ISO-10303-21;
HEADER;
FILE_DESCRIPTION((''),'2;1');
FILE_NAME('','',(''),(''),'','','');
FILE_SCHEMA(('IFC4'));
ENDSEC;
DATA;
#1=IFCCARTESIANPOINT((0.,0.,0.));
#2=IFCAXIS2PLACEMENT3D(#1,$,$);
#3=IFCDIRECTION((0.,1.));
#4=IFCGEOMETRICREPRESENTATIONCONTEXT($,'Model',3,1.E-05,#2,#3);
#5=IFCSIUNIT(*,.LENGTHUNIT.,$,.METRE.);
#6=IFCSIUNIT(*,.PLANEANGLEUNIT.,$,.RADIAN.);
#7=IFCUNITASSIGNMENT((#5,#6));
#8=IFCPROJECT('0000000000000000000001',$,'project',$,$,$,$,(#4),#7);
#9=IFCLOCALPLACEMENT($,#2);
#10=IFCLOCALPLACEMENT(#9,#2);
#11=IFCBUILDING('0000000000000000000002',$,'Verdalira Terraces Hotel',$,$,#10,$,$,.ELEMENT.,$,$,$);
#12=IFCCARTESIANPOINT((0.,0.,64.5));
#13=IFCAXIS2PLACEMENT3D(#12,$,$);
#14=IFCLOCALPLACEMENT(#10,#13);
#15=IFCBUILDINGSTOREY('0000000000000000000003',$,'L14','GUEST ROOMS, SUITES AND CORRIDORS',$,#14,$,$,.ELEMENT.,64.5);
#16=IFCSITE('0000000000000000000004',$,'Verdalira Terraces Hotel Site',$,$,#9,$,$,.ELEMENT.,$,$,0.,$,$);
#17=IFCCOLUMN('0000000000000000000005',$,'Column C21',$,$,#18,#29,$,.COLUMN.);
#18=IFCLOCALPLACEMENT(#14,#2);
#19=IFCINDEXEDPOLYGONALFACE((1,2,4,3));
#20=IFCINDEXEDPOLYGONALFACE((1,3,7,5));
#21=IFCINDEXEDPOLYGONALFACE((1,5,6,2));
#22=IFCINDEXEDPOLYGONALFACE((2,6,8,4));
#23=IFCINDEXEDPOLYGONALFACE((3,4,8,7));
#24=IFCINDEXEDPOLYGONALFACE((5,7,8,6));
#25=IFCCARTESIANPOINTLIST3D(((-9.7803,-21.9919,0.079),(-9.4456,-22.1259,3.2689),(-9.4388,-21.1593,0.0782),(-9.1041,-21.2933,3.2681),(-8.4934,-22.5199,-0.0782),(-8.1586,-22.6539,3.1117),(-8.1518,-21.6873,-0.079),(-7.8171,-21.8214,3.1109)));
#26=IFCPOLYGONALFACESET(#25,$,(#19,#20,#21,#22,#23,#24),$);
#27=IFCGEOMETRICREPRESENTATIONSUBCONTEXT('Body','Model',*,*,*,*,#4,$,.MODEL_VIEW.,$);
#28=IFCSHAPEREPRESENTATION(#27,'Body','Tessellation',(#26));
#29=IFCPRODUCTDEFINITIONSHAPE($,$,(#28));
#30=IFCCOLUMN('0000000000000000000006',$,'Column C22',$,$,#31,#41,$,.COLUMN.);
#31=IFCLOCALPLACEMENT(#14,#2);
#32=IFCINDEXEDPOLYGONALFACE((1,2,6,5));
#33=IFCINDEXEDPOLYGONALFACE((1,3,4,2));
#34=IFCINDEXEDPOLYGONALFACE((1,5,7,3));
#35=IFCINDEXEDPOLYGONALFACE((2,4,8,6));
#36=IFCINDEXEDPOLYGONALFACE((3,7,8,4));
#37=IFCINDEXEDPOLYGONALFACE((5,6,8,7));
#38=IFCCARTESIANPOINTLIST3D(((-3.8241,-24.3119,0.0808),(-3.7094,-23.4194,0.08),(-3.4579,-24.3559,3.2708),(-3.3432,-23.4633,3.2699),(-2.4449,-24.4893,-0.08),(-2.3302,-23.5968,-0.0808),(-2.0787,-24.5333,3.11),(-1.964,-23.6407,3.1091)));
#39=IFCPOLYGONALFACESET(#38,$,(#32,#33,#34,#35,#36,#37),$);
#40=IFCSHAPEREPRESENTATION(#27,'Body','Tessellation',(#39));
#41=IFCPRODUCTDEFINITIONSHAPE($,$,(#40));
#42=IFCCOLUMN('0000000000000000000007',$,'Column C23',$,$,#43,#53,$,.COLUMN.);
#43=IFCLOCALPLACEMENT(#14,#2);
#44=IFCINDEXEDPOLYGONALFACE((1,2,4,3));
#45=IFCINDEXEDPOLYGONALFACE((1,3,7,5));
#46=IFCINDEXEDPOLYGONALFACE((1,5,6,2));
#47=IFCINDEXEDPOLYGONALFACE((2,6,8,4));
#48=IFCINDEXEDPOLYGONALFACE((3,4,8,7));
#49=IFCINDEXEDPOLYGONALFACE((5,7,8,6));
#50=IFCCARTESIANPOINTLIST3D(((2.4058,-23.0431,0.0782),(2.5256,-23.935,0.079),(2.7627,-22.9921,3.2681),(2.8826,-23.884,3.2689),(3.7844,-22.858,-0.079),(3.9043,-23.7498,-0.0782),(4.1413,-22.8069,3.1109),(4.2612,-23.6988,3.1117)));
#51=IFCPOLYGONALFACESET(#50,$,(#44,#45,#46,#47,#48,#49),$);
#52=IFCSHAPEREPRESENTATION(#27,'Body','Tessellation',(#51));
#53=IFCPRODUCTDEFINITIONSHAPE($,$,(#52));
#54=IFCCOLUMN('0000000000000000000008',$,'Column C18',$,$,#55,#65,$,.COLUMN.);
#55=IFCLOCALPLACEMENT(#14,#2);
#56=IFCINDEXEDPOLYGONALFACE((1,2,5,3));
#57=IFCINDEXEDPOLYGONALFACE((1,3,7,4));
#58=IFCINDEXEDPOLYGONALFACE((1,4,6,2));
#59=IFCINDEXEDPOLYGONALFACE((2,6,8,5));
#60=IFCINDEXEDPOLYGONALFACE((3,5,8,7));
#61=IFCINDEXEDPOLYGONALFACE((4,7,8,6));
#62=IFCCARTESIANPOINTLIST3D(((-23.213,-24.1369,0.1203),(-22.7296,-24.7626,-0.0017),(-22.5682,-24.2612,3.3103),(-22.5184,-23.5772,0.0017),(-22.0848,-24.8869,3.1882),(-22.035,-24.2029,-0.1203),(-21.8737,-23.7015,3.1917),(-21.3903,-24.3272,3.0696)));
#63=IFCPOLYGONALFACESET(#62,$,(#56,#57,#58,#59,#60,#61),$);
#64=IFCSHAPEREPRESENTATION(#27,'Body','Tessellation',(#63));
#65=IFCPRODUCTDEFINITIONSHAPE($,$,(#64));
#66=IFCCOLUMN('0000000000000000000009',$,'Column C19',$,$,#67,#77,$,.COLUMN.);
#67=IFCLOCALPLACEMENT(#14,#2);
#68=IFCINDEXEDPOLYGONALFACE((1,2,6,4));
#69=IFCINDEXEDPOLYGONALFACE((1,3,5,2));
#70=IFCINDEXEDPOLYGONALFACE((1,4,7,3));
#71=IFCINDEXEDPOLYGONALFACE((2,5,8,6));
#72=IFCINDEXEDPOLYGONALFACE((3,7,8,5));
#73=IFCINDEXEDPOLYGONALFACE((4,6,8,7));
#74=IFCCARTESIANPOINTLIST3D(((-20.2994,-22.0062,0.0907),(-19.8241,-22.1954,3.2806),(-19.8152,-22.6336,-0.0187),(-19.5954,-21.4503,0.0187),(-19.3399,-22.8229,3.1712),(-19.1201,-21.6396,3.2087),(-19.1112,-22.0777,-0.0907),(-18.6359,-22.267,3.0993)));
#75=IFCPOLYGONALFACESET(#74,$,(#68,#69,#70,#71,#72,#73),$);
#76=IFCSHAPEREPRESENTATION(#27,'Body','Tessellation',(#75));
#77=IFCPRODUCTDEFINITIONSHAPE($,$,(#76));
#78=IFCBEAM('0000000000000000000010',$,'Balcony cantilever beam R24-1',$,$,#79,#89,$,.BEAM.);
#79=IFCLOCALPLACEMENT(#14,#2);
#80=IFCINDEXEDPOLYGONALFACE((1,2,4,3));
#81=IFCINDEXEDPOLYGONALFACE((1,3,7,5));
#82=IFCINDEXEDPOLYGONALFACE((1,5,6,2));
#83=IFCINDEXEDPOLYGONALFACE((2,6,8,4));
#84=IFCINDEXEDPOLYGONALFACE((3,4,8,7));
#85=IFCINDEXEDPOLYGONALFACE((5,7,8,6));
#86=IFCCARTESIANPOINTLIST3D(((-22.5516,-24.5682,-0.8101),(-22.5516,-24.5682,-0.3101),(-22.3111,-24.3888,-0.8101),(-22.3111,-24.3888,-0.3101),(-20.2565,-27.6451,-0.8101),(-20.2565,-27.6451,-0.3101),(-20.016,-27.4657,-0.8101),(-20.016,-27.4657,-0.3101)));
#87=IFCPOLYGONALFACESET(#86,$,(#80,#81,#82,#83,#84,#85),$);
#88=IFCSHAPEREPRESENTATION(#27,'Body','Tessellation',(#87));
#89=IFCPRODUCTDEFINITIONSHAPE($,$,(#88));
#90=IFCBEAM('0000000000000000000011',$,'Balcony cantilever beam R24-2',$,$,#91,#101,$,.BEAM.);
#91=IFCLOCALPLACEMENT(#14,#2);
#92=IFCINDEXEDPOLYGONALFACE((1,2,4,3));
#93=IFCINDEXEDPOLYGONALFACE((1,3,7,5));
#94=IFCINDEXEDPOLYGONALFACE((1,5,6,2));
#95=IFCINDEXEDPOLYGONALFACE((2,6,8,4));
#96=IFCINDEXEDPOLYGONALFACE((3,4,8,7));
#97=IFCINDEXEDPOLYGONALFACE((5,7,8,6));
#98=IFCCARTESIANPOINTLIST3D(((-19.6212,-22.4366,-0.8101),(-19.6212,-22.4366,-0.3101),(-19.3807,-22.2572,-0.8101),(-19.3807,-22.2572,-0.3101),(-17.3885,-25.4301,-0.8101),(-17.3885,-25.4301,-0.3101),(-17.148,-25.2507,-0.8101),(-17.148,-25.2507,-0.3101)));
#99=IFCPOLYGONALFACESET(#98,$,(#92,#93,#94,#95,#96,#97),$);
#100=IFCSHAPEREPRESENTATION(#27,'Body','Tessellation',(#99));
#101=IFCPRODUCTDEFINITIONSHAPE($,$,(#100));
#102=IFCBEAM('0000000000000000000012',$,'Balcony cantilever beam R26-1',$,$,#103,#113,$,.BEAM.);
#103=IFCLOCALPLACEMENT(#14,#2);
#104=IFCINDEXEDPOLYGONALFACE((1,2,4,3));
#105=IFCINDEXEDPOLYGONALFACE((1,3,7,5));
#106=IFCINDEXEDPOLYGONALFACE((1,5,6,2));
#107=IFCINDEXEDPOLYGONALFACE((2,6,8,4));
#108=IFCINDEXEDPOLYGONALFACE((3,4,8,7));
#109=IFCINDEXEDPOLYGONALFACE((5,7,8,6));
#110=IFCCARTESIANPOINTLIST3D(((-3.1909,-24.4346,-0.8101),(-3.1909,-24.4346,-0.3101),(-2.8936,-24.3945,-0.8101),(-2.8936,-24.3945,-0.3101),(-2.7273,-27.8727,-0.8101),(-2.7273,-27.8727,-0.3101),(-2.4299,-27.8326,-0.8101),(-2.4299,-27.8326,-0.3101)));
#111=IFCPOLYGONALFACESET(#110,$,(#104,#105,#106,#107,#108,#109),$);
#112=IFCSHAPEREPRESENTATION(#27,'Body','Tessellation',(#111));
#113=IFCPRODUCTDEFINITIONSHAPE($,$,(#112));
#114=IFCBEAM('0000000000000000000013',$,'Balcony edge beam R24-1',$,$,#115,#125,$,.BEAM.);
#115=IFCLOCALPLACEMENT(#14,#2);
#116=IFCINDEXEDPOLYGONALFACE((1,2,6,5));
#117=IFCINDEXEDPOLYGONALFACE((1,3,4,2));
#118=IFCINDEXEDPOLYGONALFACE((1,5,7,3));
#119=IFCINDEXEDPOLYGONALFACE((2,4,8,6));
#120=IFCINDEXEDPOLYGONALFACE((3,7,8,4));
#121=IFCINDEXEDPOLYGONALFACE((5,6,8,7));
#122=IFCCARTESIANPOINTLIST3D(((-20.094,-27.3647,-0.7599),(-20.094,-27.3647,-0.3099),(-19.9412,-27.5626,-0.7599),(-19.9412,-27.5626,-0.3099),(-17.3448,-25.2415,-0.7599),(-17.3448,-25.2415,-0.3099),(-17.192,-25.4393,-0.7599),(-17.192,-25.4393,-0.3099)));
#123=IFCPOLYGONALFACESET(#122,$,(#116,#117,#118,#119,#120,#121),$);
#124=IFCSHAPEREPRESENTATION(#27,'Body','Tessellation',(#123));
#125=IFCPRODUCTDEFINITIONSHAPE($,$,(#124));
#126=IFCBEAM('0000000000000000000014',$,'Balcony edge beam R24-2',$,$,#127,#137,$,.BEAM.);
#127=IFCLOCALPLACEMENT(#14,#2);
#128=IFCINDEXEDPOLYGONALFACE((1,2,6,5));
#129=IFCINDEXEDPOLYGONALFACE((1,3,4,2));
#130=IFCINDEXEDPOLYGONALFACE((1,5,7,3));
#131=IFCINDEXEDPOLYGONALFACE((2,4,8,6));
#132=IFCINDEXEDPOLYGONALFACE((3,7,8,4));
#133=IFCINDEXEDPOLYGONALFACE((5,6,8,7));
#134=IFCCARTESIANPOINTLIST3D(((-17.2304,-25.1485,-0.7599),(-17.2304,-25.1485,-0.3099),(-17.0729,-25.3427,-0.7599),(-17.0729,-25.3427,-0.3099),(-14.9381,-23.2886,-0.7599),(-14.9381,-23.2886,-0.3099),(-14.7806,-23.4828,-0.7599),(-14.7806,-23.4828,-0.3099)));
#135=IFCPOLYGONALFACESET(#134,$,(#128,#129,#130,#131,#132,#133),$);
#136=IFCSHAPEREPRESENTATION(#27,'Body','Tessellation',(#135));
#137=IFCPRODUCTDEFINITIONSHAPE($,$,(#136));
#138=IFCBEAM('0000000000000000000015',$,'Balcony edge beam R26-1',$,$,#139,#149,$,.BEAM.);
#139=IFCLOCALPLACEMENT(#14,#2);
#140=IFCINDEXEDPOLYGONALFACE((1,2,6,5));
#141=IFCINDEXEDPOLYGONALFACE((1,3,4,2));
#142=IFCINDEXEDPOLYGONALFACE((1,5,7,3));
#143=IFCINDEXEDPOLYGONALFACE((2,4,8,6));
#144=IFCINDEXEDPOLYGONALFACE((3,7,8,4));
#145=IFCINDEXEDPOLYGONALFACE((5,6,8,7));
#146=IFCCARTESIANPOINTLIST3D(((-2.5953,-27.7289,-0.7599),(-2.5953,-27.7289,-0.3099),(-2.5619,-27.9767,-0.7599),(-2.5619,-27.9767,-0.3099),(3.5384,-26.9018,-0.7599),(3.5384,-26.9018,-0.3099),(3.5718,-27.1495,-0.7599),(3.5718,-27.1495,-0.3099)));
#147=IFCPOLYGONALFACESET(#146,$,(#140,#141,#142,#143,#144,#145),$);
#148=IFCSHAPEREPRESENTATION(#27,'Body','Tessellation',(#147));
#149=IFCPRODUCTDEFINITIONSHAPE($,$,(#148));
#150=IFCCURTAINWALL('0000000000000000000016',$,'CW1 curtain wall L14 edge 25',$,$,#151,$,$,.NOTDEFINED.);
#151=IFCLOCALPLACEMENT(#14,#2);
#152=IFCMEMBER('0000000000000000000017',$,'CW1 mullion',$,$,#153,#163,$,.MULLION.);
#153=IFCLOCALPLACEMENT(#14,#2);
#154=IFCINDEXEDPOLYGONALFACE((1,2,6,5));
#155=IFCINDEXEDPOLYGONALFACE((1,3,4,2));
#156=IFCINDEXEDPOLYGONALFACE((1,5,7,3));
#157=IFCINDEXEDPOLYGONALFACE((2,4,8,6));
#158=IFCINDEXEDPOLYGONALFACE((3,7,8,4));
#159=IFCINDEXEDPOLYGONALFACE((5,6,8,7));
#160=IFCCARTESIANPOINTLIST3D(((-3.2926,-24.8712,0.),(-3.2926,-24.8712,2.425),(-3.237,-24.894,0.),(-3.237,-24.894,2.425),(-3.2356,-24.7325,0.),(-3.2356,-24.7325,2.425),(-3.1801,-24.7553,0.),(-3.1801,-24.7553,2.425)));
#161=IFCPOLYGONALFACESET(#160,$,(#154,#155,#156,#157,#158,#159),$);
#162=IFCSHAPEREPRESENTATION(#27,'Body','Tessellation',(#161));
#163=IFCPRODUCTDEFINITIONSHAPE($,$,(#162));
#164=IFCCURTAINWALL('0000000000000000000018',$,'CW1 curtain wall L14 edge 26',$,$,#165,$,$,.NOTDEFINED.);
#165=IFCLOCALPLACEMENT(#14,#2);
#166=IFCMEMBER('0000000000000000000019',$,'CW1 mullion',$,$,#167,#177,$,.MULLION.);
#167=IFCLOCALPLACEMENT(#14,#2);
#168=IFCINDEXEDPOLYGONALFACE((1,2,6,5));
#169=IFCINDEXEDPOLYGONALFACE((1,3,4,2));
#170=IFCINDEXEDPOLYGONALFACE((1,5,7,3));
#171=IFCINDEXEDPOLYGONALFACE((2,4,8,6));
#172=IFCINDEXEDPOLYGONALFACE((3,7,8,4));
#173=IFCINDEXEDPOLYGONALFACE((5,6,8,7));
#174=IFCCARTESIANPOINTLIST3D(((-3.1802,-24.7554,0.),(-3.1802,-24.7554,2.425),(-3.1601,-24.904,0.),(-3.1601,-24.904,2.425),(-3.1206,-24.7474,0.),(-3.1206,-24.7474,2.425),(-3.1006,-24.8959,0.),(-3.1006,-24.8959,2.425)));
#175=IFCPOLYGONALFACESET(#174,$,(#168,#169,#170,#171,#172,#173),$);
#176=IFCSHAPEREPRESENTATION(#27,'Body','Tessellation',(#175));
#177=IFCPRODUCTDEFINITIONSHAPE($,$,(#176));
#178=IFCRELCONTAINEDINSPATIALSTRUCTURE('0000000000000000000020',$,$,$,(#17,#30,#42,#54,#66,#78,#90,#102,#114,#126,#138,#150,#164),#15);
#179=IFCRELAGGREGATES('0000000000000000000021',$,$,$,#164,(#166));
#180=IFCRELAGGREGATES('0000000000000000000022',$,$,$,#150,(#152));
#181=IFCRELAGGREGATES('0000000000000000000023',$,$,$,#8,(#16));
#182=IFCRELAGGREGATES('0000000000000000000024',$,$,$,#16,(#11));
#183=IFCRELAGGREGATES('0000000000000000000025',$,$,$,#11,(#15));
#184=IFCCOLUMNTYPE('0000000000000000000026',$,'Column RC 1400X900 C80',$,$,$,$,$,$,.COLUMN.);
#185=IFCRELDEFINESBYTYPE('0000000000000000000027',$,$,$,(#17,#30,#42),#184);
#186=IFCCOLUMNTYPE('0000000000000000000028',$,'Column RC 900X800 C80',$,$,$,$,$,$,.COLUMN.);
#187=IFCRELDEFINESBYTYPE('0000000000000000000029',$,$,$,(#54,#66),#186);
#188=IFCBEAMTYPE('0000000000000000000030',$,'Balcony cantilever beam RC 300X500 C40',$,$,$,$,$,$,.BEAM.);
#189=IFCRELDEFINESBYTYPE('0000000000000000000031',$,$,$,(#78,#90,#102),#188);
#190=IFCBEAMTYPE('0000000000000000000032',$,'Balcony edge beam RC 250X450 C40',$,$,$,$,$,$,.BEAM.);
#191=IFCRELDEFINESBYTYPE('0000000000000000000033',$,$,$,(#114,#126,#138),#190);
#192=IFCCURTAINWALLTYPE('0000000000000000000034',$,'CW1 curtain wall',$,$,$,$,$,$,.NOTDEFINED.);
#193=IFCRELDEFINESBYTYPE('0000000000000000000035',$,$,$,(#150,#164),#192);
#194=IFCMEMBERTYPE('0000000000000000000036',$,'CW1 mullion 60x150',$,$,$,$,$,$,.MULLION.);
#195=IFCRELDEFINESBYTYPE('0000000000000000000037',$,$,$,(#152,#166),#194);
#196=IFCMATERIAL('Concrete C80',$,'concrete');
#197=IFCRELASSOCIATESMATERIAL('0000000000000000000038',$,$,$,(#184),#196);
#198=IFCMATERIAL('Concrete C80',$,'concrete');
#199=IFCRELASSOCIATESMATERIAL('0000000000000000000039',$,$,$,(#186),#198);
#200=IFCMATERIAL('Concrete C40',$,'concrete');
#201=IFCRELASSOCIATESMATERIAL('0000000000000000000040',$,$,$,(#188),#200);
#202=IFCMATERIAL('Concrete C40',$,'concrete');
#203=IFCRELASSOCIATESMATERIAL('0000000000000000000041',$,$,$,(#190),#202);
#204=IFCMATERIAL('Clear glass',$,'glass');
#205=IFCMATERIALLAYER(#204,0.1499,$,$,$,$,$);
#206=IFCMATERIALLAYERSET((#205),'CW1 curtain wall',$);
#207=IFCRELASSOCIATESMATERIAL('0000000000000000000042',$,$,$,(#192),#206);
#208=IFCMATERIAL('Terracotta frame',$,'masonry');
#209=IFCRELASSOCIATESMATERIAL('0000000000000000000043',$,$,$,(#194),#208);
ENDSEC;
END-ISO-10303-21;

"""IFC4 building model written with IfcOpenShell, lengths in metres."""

from ifc_helpers import new_model, si_unit, direction, frame, origin, origin_2d, place, context, subcontext, project, spatial, rectangle, extrude, material, layer, layer_set, material_profile, profile_set, type_object, element, aggregate, save


model = new_model("IFC4")

# Units and contexts
model_context = context("Model", 3, precision=1e-05, world=origin(), true_north=direction((0.0, 1.0)))
body_context = subcontext(model_context, "Body", "Model", "MODEL_VIEW")
ifc_project = project(units=[si_unit("LENGTHUNIT", "METRE"), si_unit("PLANEANGLEUNIT", "RADIAN")], contexts=[model_context])

# Site, building, storey
site_placement = place(None, origin())
site = spatial("IfcSite", under=ifc_project, at=site_placement, Name="Verdalira Terraces Hotel Site", CompositionType="ELEMENT", RefElevation=0.0)
building_placement = place(site_placement, origin())
building = spatial("IfcBuilding", under=site, at=building_placement, Name="Verdalira Terraces Hotel", CompositionType="ELEMENT")
storey_placement = place(building_placement, frame((0.0, 0.0, 64.5)))
storey = spatial("IfcBuildingStorey", under=building, at=storey_placement, Name="L14", Description="GUEST ROOMS, SUITES AND CORRIDORS", CompositionType="ELEMENT", Elevation=64.5)

# Columns
ifc_material_1 = material(Name="Concrete C80", Category="concrete")
ifc_material_profile_1 = material_profile(ifc_material_1, rectangle(XDim=1.3999, YDim=0.8999, at=origin_2d()), Name="RC 1400X900")
ifc_profile_set_1 = profile_set([ifc_material_profile_1], Name="Concrete C80")
column_type_1 = type_object("IfcColumnType", Name="Column RC 1400X900 C80", PredefinedType="COLUMN", material=ifc_profile_set_1)
column_1_placement = place(storey_placement, frame((-8.9661, -21.8396, 0.0), z_axis=(0.104265, -0.041752, 0.993673), x_axis=(0.919296, -0.377203, -0.11231)))
element("IfcColumn", 1, at=column_1_placement, inside=storey, type_object=column_type_1, Name="Column C21", PredefinedType="COLUMN", context=body_context, shape_type="SweptSolid", body=[
    extrude(rectangle(XDim=1.3999, YDim=0.8999, at=origin_2d()), origin(), (0.0, 0.0, 1.0), 3.2102),
])
column_2_placement = place(storey_placement, frame((-3.0771, -23.9543, 0.0), z_axis=(0.114042, -0.013685, 0.993382), x_axis=(-0.985266, 0.126726, 0.114856)))
element("IfcColumn", 2, at=column_2_placement, inside=storey, type_object=column_type_1, Name="Column C22", PredefinedType="COLUMN", context=body_context, shape_type="SweptSolid", body=[
    extrude(rectangle(XDim=1.3999, YDim=0.8999, at=origin_2d()), origin(), (0.0, 0.0, 1.0), 3.2112),
])
column_3_placement = place(storey_placement, frame((3.155, -23.3965, 0.0), z_axis=(0.111185, 0.015895, 0.993673), x_axis=(0.98483, 0.132269, -0.112312)))
element("IfcColumn", 3, at=column_3_placement, inside=storey, type_object=column_type_1, Name="Column C23", PredefinedType="COLUMN", context=body_context, shape_type="SweptSolid", body=[
    extrude(rectangle(XDim=1.3999, YDim=0.8999, at=origin_2d()), origin(), (0.0, 0.0, 1.0), 3.2102),
])
ifc_material_2 = material(Name="Concrete C80", Category="concrete")
ifc_material_profile_2 = material_profile(ifc_material_2, rectangle(XDim=0.8999, YDim=0.8, at=origin_2d()), Name="RC 900X800")
ifc_profile_set_2 = profile_set([ifc_material_profile_2], Name="Concrete C80")
column_type_2 = type_object("IfcColumnType", Name="Column RC 900X800 C80", PredefinedType="COLUMN", material=ifc_profile_set_2)
column_4_placement = place(storey_placement, frame((-22.624, -24.1699, 0.0), z_axis=(0.197977, -0.038156, 0.979464), x_axis=(0.771836, 0.622016, -0.131778)))
element("IfcColumn", 4, at=column_4_placement, inside=storey, type_object=column_type_2, Name="Column C18", PredefinedType="COLUMN", context=body_context, shape_type="SweptSolid", body=[
    extrude(rectangle(XDim=0.8999, YDim=0.8, at=origin_2d()), origin(), (0.0, 0.0, 1.0), 3.2568),
])
column_5_placement = place(storey_placement, frame((-19.7053, -22.042, 0.0), z_axis=(0.147132, -0.058566, 0.987381), x_axis=(0.782321, 0.617725, -0.079936)))
element("IfcColumn", 5, at=column_5_placement, inside=storey, type_object=column_type_2, Name="Column C19", PredefinedType="COLUMN", context=body_context, shape_type="SweptSolid", body=[
    extrude(rectangle(XDim=0.8999, YDim=0.8, at=origin_2d()), origin(), (0.0, 0.0, 1.0), 3.2307),
])

# Beams
ifc_material_3 = material(Name="Concrete C40", Category="concrete")
ifc_material_profile_3 = material_profile(ifc_material_3, rectangle(XDim=0.3, YDim=0.5, at=origin_2d()), Name="RC 300X500")
ifc_profile_set_3 = profile_set([ifc_material_profile_3], Name="Concrete C40")
beam_type_1 = type_object("IfcBeamType", Name="Balcony cantilever beam RC 300X500 C40", PredefinedType="BEAM", material=ifc_profile_set_3)
beam_1_placement = place(storey_placement, frame((-22.4314, -24.4785, -0.5601), z_axis=(0.597912, -0.801562, 0.0), x_axis=(0.801562, 0.597912, 0.0)))
element("IfcBeam", 6, at=beam_1_placement, inside=storey, type_object=beam_type_1, Name="Balcony cantilever beam R24-1", PredefinedType="BEAM", context=body_context, shape_type="SweptSolid", body=[
    extrude(rectangle(XDim=0.3, YDim=0.5, at=origin_2d()), origin(), (0.0, 0.0, 1.0), 3.8386),
])
beam_2_placement = place(storey_placement, frame((-19.501, -22.3469, -0.5601), z_axis=(0.597874, -0.80159, 0.0), x_axis=(0.80159, 0.597874, 0.0)))
element("IfcBeam", 7, at=beam_2_placement, inside=storey, type_object=beam_type_1, Name="Balcony cantilever beam R24-2", PredefinedType="BEAM", context=body_context, shape_type="SweptSolid", body=[
    extrude(rectangle(XDim=0.3, YDim=0.5, at=origin_2d()), origin(), (0.0, 0.0, 1.0), 3.7344),
])
beam_3_placement = place(storey_placement, frame((-3.0422, -24.4146, -0.5601), z_axis=(0.133634, -0.991031, 0.0), x_axis=(0.991031, 0.133634, 0.0)))
element("IfcBeam", 8, at=beam_3_placement, inside=storey, type_object=beam_type_1, Name="Balcony cantilever beam R26-1", PredefinedType="BEAM", context=body_context, shape_type="SweptSolid", body=[
    extrude(rectangle(XDim=0.3, YDim=0.5, at=origin_2d()), origin(), (0.0, 0.0, 1.0), 3.4692),
])
ifc_material_4 = material(Name="Concrete C40", Category="concrete")
ifc_material_profile_4 = material_profile(ifc_material_4, rectangle(XDim=0.25, YDim=0.45, at=origin_2d()), Name="RC 250X450")
ifc_profile_set_4 = profile_set([ifc_material_profile_4], Name="Concrete C40")
beam_type_2 = type_object("IfcBeamType", Name="Balcony edge beam RC 250X450 C40", PredefinedType="BEAM", material=ifc_profile_set_4)
beam_4_placement = place(storey_placement, frame((-20.0176, -27.4636, -0.5349), z_axis=(0.791444, 0.611241, 0.0), x_axis=(-0.611241, 0.791444, 0.0)))
element("IfcBeam", 9, at=beam_4_placement, inside=storey, type_object=beam_type_2, Name="Balcony edge beam R24-1", PredefinedType="BEAM", context=body_context, shape_type="SweptSolid", body=[
    extrude(rectangle(XDim=0.25, YDim=0.45, at=origin_2d()), origin(), (0.0, 0.0, 1.0), 3.4736),
])
beam_5_placement = place(storey_placement, frame((-17.1516, -25.2456, -0.5349), z_axis=(0.776541, 0.630066, 0.0), x_axis=(-0.630066, 0.776541, 0.0)))
element("IfcBeam", 10, at=beam_5_placement, inside=storey, type_object=beam_type_2, Name="Balcony edge beam R24-2", PredefinedType="BEAM", context=body_context, shape_type="SweptSolid", body=[
    extrude(rectangle(XDim=0.25, YDim=0.45, at=origin_2d()), origin(), (0.0, 0.0, 1.0), 2.9519),
])
beam_6_placement = place(storey_placement, frame((-2.5786, -27.8528, -0.5349), z_axis=(0.99103, 0.133641, 0.0), x_axis=(-0.133641, 0.99103, 0.0)))
element("IfcBeam", 11, at=beam_6_placement, inside=storey, type_object=beam_type_2, Name="Balcony edge beam R26-1", PredefinedType="BEAM", context=body_context, shape_type="SweptSolid", body=[
    extrude(rectangle(XDim=0.25, YDim=0.45, at=origin_2d()), origin(), (0.0, 0.0, 1.0), 6.1892),
])

# Curtain wall, member
ifc_material_5 = material(Name="Clear glass", Category="glass")
ifc_layer_1 = layer(ifc_material_5, 0.1499)
ifc_layer_set_1 = layer_set([ifc_layer_1], Name="CW1 curtain wall")
curtain_wall_type_1 = type_object("IfcCurtainWallType", Name="CW1 curtain wall", PredefinedType="NOTDEFINED", material=ifc_layer_set_1)
curtain_wall_1_placement = place(storey_placement, origin())
curtain_wall_1 = element("IfcCurtainWall", 12, at=curtain_wall_1_placement, inside=storey, type_object=curtain_wall_type_1, Name="CW1 curtain wall L14 edge 25", PredefinedType="NOTDEFINED")
ifc_material_6 = material(Name="Terracotta frame", Category="masonry")
ifc_material_profile_5 = material_profile(ifc_material_6, rectangle(XDim=0.0601, YDim=0.1499, at=origin_2d()), Name="MU 60x150")
ifc_profile_set_5 = profile_set([ifc_material_profile_5], Name="Terracotta frame")
member_type_1 = type_object("IfcMemberType", Name="CW1 mullion 60x150", PredefinedType="MULLION", material=ifc_profile_set_5)
member_1_placement = place(storey_placement, frame((-3.2363, -24.8132, 0.0), z_axis=(0.0, 0.0, 1.0), x_axis=(0.925077, -0.379779, 0.0)))
member_1 = element("IfcMember", 13, at=member_1_placement, type_object=member_type_1, Name="CW1 mullion", PredefinedType="MULLION", context=body_context, shape_type="SweptSolid", body=[
    extrude(rectangle(XDim=0.0601, YDim=0.1499, at=origin_2d()), origin(), (0.0, 0.0, 1.0), 2.425),
])

# Curtain wall, member
curtain_wall_2_placement = place(storey_placement, origin())
curtain_wall_2 = element("IfcCurtainWall", 14, at=curtain_wall_2_placement, inside=storey, type_object=curtain_wall_type_1, Name="CW1 curtain wall L14 edge 26", PredefinedType="NOTDEFINED")
member_2_placement = place(storey_placement, frame((-3.1404, -24.8257, 0.0), z_axis=(0.0, 0.0, 1.0), x_axis=(0.99103, 0.13364, 0.0)))
member_2 = element("IfcMember", 15, at=member_2_placement, type_object=member_type_1, Name="CW1 mullion", PredefinedType="MULLION", context=body_context, shape_type="SweptSolid", body=[
    extrude(rectangle(XDim=0.0601, YDim=0.1499, at=origin_2d()), origin(), (0.0, 0.0, 1.0), 2.425),
])

aggregate(curtain_wall_2, [member_2])

aggregate(curtain_wall_1, [member_1])

save(model, "model.ifc")
